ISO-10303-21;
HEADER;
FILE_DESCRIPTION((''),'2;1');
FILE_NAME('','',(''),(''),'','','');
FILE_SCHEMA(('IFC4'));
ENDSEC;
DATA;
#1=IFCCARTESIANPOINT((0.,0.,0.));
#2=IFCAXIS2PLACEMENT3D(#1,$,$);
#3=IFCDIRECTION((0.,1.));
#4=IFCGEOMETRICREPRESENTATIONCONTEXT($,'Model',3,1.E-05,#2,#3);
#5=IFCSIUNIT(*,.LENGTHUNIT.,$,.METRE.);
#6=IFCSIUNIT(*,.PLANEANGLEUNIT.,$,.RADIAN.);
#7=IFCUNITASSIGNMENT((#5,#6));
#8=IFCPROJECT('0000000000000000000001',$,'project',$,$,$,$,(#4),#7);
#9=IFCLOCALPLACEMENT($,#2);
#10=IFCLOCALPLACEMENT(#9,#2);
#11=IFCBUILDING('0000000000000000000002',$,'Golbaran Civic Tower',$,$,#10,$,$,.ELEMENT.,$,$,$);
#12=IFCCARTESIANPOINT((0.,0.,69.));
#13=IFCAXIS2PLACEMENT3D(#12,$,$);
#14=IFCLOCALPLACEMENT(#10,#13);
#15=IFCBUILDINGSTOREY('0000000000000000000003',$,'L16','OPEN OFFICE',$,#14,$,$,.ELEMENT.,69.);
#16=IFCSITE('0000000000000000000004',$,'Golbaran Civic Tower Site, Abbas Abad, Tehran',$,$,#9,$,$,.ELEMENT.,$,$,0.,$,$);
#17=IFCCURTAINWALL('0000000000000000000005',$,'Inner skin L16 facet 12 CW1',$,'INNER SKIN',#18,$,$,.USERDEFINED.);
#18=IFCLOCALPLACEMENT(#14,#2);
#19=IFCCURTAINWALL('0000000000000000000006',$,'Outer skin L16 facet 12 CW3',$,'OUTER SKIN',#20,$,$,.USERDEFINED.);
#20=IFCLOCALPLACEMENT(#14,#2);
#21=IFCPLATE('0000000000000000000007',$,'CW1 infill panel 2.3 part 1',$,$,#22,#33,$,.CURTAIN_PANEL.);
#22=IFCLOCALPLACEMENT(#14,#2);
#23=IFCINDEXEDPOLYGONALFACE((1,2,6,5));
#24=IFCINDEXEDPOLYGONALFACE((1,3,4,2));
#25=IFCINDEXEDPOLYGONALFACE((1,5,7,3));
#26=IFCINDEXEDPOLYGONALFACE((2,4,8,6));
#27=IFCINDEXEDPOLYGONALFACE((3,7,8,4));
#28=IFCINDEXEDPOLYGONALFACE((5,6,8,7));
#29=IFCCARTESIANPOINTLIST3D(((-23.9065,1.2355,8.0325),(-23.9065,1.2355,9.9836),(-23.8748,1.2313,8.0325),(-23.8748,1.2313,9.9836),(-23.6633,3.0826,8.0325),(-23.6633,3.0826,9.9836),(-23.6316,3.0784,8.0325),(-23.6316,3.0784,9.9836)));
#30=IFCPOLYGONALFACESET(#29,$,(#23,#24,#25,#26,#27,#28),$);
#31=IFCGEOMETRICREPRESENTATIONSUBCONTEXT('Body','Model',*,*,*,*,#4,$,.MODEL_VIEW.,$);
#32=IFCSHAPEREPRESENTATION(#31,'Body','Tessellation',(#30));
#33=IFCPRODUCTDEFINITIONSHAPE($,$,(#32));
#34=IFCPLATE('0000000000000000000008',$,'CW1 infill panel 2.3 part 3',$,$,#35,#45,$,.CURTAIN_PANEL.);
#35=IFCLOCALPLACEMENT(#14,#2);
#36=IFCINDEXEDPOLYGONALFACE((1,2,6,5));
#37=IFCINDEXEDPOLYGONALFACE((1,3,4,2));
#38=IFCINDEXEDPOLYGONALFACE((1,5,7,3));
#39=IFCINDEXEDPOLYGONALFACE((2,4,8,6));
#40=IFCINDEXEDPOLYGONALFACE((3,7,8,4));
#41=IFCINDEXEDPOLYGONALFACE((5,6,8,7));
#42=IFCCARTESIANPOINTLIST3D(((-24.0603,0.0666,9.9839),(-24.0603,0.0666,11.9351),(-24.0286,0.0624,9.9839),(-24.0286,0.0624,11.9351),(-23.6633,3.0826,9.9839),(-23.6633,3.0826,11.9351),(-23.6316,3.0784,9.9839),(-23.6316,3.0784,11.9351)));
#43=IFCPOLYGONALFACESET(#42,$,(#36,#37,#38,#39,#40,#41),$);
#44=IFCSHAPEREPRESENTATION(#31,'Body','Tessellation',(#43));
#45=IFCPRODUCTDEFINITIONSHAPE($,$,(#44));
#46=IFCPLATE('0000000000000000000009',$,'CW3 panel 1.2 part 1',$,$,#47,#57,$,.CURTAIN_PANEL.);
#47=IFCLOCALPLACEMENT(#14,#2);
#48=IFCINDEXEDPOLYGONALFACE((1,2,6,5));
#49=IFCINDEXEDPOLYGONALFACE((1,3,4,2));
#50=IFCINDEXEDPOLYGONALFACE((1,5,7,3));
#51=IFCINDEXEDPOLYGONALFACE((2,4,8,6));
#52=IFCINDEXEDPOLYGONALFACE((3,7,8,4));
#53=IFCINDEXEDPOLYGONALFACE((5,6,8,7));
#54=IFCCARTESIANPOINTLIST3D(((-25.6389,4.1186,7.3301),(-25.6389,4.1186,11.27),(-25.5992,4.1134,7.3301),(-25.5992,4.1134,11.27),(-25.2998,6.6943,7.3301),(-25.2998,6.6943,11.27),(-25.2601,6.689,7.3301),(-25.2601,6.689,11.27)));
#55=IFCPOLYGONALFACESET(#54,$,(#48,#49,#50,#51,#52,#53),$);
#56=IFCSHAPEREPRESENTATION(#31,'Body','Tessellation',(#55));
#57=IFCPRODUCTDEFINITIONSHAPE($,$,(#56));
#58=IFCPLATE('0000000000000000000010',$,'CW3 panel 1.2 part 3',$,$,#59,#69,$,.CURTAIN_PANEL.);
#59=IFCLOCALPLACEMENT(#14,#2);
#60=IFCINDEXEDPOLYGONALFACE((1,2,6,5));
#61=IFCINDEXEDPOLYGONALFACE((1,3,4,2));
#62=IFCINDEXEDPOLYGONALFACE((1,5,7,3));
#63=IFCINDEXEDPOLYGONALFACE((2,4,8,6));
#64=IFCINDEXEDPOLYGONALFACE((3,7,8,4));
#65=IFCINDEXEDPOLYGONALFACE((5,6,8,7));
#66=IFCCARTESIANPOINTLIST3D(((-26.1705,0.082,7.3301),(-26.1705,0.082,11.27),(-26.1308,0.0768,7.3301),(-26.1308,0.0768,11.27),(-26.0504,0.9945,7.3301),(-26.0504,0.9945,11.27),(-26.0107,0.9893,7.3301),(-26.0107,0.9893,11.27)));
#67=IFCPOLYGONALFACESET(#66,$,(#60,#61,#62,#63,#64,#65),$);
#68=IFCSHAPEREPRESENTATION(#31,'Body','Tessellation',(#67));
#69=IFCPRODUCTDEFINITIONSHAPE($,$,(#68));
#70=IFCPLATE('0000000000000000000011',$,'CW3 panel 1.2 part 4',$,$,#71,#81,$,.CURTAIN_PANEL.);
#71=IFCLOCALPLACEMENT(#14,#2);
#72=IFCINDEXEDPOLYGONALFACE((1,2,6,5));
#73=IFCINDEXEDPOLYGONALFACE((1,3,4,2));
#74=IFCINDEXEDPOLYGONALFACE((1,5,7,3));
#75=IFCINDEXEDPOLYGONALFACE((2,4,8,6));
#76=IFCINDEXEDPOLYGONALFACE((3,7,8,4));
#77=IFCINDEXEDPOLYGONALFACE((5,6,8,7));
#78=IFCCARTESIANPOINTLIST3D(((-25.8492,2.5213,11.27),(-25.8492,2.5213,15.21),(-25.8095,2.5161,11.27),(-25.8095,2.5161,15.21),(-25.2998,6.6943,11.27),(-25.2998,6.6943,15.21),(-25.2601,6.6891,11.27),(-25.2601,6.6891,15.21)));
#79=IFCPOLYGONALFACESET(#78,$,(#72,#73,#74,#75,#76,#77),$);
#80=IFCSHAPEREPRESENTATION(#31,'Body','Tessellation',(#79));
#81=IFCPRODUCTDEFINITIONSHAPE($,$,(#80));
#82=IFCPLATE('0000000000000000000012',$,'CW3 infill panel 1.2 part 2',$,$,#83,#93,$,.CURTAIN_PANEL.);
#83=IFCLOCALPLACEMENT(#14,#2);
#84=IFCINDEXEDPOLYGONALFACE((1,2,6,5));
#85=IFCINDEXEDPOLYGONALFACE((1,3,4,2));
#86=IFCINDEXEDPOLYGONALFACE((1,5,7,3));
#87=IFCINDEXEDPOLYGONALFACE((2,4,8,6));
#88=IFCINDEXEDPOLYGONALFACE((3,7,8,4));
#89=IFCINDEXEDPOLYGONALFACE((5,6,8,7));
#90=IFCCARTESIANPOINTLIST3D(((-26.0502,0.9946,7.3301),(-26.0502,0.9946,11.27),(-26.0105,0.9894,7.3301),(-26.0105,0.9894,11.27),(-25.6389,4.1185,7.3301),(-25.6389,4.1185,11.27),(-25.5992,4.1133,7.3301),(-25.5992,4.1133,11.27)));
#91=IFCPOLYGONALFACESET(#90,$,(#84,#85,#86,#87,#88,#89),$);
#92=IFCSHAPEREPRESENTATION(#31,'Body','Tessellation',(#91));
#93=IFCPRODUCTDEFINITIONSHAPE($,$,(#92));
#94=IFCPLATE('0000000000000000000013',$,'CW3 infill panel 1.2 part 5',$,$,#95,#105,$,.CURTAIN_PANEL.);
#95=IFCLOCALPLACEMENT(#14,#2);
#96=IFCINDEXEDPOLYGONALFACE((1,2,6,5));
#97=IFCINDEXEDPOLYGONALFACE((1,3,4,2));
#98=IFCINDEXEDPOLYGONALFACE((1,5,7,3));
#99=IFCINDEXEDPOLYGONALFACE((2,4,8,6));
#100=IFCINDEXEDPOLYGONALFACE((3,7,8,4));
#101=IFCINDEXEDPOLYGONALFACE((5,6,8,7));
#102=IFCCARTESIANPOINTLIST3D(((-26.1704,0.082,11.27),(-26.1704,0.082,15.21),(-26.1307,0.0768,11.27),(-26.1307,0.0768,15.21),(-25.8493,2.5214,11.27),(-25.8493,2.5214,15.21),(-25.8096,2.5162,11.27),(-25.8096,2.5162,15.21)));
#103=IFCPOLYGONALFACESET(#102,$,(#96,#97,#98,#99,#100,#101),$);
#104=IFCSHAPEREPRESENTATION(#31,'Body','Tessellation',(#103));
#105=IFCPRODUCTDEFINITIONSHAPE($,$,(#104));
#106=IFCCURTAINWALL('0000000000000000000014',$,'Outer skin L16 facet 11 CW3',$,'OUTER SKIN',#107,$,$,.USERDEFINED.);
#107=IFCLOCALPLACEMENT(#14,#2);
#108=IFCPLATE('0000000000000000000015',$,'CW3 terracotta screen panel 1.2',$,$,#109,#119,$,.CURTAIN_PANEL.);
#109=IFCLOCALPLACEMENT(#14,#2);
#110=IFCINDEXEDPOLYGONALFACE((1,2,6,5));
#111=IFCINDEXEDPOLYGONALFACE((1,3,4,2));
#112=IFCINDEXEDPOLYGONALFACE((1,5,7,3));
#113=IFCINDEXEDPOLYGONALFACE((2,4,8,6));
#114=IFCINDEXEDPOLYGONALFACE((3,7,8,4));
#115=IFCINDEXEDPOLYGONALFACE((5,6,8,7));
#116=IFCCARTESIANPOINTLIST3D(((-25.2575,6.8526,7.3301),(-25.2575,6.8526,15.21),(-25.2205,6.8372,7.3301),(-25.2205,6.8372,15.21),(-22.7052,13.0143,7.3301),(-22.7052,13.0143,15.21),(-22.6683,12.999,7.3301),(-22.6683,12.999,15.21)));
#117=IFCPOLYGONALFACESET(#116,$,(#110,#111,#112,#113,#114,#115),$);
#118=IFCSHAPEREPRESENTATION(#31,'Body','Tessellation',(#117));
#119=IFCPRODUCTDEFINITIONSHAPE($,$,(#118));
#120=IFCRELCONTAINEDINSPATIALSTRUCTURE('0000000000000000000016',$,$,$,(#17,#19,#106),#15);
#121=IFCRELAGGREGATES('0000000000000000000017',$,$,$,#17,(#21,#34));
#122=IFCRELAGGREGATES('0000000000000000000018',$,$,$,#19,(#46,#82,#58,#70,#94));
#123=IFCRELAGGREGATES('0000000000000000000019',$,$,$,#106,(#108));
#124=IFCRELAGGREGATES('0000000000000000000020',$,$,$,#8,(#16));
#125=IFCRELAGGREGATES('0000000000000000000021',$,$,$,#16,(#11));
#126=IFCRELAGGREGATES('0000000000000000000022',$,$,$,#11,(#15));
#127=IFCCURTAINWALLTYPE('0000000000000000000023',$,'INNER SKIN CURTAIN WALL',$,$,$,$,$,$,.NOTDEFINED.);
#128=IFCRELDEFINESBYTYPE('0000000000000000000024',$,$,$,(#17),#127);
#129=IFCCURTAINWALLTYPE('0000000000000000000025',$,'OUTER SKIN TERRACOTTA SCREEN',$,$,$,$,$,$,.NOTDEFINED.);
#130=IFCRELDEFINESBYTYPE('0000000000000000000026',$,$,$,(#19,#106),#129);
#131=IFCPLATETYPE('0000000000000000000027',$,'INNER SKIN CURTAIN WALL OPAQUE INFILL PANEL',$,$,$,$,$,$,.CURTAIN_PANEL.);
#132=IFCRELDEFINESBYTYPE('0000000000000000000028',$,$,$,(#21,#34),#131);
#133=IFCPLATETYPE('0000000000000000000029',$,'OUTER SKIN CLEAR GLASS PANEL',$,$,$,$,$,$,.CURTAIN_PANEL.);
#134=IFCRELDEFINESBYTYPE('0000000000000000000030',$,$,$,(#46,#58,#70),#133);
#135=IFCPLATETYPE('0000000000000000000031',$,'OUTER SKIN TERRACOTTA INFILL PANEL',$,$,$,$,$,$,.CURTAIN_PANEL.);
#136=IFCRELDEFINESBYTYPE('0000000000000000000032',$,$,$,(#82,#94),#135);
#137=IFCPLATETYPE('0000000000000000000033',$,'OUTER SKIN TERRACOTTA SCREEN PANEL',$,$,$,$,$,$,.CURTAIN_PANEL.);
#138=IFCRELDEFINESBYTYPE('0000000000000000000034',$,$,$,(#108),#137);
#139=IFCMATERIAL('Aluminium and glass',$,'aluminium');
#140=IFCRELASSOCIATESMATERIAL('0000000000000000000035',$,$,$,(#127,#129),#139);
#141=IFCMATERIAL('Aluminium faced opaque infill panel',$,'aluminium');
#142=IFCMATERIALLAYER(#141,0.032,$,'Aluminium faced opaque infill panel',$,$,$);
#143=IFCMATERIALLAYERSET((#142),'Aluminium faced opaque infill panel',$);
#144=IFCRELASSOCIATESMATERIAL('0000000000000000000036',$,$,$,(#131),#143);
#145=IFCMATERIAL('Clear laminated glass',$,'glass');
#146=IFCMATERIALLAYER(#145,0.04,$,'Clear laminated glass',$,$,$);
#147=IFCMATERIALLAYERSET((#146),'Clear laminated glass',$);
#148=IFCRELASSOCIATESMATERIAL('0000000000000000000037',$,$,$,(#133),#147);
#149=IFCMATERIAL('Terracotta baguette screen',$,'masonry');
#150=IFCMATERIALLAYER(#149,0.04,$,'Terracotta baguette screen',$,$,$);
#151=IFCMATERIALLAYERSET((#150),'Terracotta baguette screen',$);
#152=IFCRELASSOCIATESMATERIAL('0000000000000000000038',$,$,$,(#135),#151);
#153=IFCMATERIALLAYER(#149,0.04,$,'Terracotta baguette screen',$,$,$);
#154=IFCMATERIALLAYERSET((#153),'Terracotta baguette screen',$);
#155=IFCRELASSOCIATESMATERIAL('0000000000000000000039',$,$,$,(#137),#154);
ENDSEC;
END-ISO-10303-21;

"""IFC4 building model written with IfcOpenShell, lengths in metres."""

from ifc_helpers import new_model, si_unit, direction, frame, origin, origin_2d, place, context, subcontext, project, spatial, rectangle, extrude, material, layer, layer_set, type_object, element, aggregate, save


model = new_model("IFC4")

# Units and contexts
model_context = context("Model", 3, precision=1e-05, world=origin(), true_north=direction((0.0, 1.0)))
body_context = subcontext(model_context, "Body", "Model", "MODEL_VIEW")
ifc_project = project(units=[si_unit("LENGTHUNIT", "METRE"), si_unit("PLANEANGLEUNIT", "RADIAN")], contexts=[model_context])

# Site, building, storey
site_placement = place(None, origin())
site = spatial("IfcSite", under=ifc_project, at=site_placement, Name="Golbaran Civic Tower Site, Abbas Abad, Tehran", CompositionType="ELEMENT", RefElevation=0.0)
building_placement = place(site_placement, origin())
building = spatial("IfcBuilding", under=site, at=building_placement, Name="Golbaran Civic Tower", CompositionType="ELEMENT")
storey_placement = place(building_placement, frame((0.0, 0.0, 69.0)))
storey = spatial("IfcBuildingStorey", under=building, at=storey_placement, Name="L16", Description="OPEN OFFICE", CompositionType="ELEMENT", Elevation=69.0)

# Curtain walls
ifc_material_1 = material(Name="Aluminium and glass", Category="aluminium")
curtain_wall_type_1 = type_object("IfcCurtainWallType", Name="INNER SKIN CURTAIN WALL", PredefinedType="NOTDEFINED", material=ifc_material_1)
curtain_wall_1_placement = place(storey_placement, origin())
curtain_wall_1 = element("IfcCurtainWall", 1, at=curtain_wall_1_placement, inside=storey, type_object=curtain_wall_type_1, Name="Inner skin L16 facet 12 CW1", ObjectType="INNER SKIN", PredefinedType="USERDEFINED")
curtain_wall_type_2 = type_object("IfcCurtainWallType", Name="OUTER SKIN TERRACOTTA SCREEN", PredefinedType="NOTDEFINED", material=ifc_material_1)
curtain_wall_2_placement = place(storey_placement, origin())
curtain_wall_2 = element("IfcCurtainWall", 2, at=curtain_wall_2_placement, inside=storey, type_object=curtain_wall_type_2, Name="Outer skin L16 facet 12 CW3", ObjectType="OUTER SKIN", PredefinedType="USERDEFINED")

# Plates
ifc_material_2 = material(Name="Aluminium faced opaque infill panel", Category="aluminium")
ifc_layer_1 = layer(ifc_material_2, 0.032, Name="Aluminium faced opaque infill panel")
ifc_layer_set_1 = layer_set([ifc_layer_1], Name="Aluminium faced opaque infill panel")
plate_type_1 = type_object("IfcPlateType", Name="INNER SKIN CURTAIN WALL OPAQUE INFILL PANEL", PredefinedType="CURTAIN_PANEL", material=ifc_layer_set_1)
plate_1_placement = place(storey_placement, frame((-23.769, 2.157, 8.0325), z_axis=(0.0, 0.0, 1.0), x_axis=(-0.130526, -0.991445, 0.0)))
plate_1 = element("IfcPlate", 3, at=plate_1_placement, type_object=plate_type_1, Name="CW1 infill panel 2.3 part 1", PredefinedType="CURTAIN_PANEL", context=body_context, shape_type="SweptSolid", body=[
    extrude(rectangle(XDim=1.863, YDim=0.032, at=origin_2d()), origin(), (0.0, 0.0, 1.0), 1.9512),
])
plate_2_placement = place(storey_placement, frame((-23.8459, 1.5725, 9.9839), z_axis=(0.0, 0.0, 1.0), x_axis=(-0.130526, -0.991445, 0.0)))
plate_2 = element("IfcPlate", 4, at=plate_2_placement, type_object=plate_type_1, Name="CW1 infill panel 2.3 part 3", PredefinedType="CURTAIN_PANEL", context=body_context, shape_type="SweptSolid", body=[
    extrude(rectangle(XDim=3.042, YDim=0.032, at=origin_2d()), origin(), (0.0, 0.0, 1.0), 1.9512),
])
aggregate(curtain_wall_1, [plate_1, plate_2])
ifc_material_3 = material(Name="Clear laminated glass", Category="glass")
ifc_layer_2 = layer(ifc_material_3, 0.04, Name="Clear laminated glass")
ifc_layer_set_2 = layer_set([ifc_layer_2], Name="Clear laminated glass")
plate_type_2 = type_object("IfcPlateType", Name="OUTER SKIN CLEAR GLASS PANEL", PredefinedType="CURTAIN_PANEL", material=ifc_layer_set_2)
plate_3_placement = place(storey_placement, frame((-25.4495, 5.4038, 7.3301), z_axis=(0.0, 0.0, 1.0), x_axis=(-0.130526, -0.991445, 0.0)))
plate_3 = element("IfcPlate", 5, at=plate_3_placement, type_object=plate_type_2, Name="CW3 panel 1.2 part 1", PredefinedType="CURTAIN_PANEL", context=body_context, shape_type="SweptSolid", body=[
    extrude(rectangle(XDim=2.5979, YDim=0.04, at=origin_2d()), origin(), (0.0, 0.0, 1.0), 3.9399),
])
plate_4_placement = place(storey_placement, frame((-26.0906, 0.5356, 7.3301), z_axis=(0.0, 0.0, 1.0), x_axis=(-0.130526, -0.991445, 0.0)))
plate_4 = element("IfcPlate", 6, at=plate_4_placement, type_object=plate_type_2, Name="CW3 panel 1.2 part 3", PredefinedType="CURTAIN_PANEL", context=body_context, shape_type="SweptSolid", body=[
    extrude(rectangle(XDim=0.9204, YDim=0.04, at=origin_2d()), origin(), (0.0, 0.0, 1.0), 3.9399),
])
plate_5_placement = place(storey_placement, frame((-25.5547, 4.6052, 11.27), z_axis=(0.0, 0.0, 1.0), x_axis=(-0.130526, -0.991445, 0.0)))
plate_5 = element("IfcPlate", 7, at=plate_5_placement, type_object=plate_type_2, Name="CW3 panel 1.2 part 4", PredefinedType="CURTAIN_PANEL", context=body_context, shape_type="SweptSolid", body=[
    extrude(rectangle(XDim=4.209, YDim=0.04, at=origin_2d()), origin(), (0.0, 0.0, 1.0), 3.9399),
])
ifc_material_4 = material(Name="Terracotta baguette screen", Category="masonry")
ifc_layer_3 = layer(ifc_material_4, 0.04, Name="Terracotta baguette screen")
ifc_layer_set_3 = layer_set([ifc_layer_3], Name="Terracotta baguette screen")
plate_type_3 = type_object("IfcPlateType", Name="OUTER SKIN TERRACOTTA INFILL PANEL", PredefinedType="CURTAIN_PANEL", material=ifc_layer_set_3)
plate_6_placement = place(storey_placement, frame((-25.8247, 2.554, 7.3301), z_axis=(0.0, 0.0, 1.0), x_axis=(-0.130526, -0.991445, 0.0)))
plate_6 = element("IfcPlate", 8, at=plate_6_placement, type_object=plate_type_3, Name="CW3 infill panel 1.2 part 2", PredefinedType="CURTAIN_PANEL", context=body_context, shape_type="SweptSolid", body=[
    extrude(rectangle(XDim=3.1509, YDim=0.04, at=origin_2d()), origin(), (0.0, 0.0, 1.0), 3.9399),
])
plate_7_placement = place(storey_placement, frame((-25.99, 1.2991, 11.27), z_axis=(0.0, 0.0, 1.0), x_axis=(-0.130526, -0.991445, 0.0)))
plate_7 = element("IfcPlate", 9, at=plate_7_placement, type_object=plate_type_3, Name="CW3 infill panel 1.2 part 5", PredefinedType="CURTAIN_PANEL", context=body_context, shape_type="SweptSolid", body=[
    extrude(rectangle(XDim=2.4604, YDim=0.04, at=origin_2d()), origin(), (0.0, 0.0, 1.0), 3.9399),
])
aggregate(curtain_wall_2, [plate_3, plate_6, plate_4, plate_5, plate_7])

# Curtain wall, plate
curtain_wall_3_placement = place(storey_placement, origin())
curtain_wall_3 = element("IfcCurtainWall", 10, at=curtain_wall_3_placement, inside=storey, type_object=curtain_wall_type_2, Name="Outer skin L16 facet 11 CW3", ObjectType="OUTER SKIN", PredefinedType="USERDEFINED")
ifc_layer_4 = layer(ifc_material_4, 0.04, Name="Terracotta baguette screen")
ifc_layer_set_4 = layer_set([ifc_layer_4], Name="Terracotta baguette screen")
plate_type_4 = type_object("IfcPlateType", Name="OUTER SKIN TERRACOTTA SCREEN PANEL", PredefinedType="CURTAIN_PANEL", material=ifc_layer_set_4)
plate_8_placement = place(storey_placement, frame((-23.9629, 9.9258, 7.3301), z_axis=(0.0, 0.0, 1.0), x_axis=(-0.382683, -0.92388, 0.0)))
plate_8 = element("IfcPlate", 11, at=plate_8_placement, type_object=plate_type_4, Name="CW3 terracotta screen panel 1.2", PredefinedType="CURTAIN_PANEL", context=body_context, shape_type="SweptSolid", body=[
    extrude(rectangle(XDim=6.6694, YDim=0.04, at=origin_2d()), origin(), (0.0, 0.0, 1.0), 7.8799),
])
aggregate(curtain_wall_3, [plate_8])

save(model, "model.ifc")
